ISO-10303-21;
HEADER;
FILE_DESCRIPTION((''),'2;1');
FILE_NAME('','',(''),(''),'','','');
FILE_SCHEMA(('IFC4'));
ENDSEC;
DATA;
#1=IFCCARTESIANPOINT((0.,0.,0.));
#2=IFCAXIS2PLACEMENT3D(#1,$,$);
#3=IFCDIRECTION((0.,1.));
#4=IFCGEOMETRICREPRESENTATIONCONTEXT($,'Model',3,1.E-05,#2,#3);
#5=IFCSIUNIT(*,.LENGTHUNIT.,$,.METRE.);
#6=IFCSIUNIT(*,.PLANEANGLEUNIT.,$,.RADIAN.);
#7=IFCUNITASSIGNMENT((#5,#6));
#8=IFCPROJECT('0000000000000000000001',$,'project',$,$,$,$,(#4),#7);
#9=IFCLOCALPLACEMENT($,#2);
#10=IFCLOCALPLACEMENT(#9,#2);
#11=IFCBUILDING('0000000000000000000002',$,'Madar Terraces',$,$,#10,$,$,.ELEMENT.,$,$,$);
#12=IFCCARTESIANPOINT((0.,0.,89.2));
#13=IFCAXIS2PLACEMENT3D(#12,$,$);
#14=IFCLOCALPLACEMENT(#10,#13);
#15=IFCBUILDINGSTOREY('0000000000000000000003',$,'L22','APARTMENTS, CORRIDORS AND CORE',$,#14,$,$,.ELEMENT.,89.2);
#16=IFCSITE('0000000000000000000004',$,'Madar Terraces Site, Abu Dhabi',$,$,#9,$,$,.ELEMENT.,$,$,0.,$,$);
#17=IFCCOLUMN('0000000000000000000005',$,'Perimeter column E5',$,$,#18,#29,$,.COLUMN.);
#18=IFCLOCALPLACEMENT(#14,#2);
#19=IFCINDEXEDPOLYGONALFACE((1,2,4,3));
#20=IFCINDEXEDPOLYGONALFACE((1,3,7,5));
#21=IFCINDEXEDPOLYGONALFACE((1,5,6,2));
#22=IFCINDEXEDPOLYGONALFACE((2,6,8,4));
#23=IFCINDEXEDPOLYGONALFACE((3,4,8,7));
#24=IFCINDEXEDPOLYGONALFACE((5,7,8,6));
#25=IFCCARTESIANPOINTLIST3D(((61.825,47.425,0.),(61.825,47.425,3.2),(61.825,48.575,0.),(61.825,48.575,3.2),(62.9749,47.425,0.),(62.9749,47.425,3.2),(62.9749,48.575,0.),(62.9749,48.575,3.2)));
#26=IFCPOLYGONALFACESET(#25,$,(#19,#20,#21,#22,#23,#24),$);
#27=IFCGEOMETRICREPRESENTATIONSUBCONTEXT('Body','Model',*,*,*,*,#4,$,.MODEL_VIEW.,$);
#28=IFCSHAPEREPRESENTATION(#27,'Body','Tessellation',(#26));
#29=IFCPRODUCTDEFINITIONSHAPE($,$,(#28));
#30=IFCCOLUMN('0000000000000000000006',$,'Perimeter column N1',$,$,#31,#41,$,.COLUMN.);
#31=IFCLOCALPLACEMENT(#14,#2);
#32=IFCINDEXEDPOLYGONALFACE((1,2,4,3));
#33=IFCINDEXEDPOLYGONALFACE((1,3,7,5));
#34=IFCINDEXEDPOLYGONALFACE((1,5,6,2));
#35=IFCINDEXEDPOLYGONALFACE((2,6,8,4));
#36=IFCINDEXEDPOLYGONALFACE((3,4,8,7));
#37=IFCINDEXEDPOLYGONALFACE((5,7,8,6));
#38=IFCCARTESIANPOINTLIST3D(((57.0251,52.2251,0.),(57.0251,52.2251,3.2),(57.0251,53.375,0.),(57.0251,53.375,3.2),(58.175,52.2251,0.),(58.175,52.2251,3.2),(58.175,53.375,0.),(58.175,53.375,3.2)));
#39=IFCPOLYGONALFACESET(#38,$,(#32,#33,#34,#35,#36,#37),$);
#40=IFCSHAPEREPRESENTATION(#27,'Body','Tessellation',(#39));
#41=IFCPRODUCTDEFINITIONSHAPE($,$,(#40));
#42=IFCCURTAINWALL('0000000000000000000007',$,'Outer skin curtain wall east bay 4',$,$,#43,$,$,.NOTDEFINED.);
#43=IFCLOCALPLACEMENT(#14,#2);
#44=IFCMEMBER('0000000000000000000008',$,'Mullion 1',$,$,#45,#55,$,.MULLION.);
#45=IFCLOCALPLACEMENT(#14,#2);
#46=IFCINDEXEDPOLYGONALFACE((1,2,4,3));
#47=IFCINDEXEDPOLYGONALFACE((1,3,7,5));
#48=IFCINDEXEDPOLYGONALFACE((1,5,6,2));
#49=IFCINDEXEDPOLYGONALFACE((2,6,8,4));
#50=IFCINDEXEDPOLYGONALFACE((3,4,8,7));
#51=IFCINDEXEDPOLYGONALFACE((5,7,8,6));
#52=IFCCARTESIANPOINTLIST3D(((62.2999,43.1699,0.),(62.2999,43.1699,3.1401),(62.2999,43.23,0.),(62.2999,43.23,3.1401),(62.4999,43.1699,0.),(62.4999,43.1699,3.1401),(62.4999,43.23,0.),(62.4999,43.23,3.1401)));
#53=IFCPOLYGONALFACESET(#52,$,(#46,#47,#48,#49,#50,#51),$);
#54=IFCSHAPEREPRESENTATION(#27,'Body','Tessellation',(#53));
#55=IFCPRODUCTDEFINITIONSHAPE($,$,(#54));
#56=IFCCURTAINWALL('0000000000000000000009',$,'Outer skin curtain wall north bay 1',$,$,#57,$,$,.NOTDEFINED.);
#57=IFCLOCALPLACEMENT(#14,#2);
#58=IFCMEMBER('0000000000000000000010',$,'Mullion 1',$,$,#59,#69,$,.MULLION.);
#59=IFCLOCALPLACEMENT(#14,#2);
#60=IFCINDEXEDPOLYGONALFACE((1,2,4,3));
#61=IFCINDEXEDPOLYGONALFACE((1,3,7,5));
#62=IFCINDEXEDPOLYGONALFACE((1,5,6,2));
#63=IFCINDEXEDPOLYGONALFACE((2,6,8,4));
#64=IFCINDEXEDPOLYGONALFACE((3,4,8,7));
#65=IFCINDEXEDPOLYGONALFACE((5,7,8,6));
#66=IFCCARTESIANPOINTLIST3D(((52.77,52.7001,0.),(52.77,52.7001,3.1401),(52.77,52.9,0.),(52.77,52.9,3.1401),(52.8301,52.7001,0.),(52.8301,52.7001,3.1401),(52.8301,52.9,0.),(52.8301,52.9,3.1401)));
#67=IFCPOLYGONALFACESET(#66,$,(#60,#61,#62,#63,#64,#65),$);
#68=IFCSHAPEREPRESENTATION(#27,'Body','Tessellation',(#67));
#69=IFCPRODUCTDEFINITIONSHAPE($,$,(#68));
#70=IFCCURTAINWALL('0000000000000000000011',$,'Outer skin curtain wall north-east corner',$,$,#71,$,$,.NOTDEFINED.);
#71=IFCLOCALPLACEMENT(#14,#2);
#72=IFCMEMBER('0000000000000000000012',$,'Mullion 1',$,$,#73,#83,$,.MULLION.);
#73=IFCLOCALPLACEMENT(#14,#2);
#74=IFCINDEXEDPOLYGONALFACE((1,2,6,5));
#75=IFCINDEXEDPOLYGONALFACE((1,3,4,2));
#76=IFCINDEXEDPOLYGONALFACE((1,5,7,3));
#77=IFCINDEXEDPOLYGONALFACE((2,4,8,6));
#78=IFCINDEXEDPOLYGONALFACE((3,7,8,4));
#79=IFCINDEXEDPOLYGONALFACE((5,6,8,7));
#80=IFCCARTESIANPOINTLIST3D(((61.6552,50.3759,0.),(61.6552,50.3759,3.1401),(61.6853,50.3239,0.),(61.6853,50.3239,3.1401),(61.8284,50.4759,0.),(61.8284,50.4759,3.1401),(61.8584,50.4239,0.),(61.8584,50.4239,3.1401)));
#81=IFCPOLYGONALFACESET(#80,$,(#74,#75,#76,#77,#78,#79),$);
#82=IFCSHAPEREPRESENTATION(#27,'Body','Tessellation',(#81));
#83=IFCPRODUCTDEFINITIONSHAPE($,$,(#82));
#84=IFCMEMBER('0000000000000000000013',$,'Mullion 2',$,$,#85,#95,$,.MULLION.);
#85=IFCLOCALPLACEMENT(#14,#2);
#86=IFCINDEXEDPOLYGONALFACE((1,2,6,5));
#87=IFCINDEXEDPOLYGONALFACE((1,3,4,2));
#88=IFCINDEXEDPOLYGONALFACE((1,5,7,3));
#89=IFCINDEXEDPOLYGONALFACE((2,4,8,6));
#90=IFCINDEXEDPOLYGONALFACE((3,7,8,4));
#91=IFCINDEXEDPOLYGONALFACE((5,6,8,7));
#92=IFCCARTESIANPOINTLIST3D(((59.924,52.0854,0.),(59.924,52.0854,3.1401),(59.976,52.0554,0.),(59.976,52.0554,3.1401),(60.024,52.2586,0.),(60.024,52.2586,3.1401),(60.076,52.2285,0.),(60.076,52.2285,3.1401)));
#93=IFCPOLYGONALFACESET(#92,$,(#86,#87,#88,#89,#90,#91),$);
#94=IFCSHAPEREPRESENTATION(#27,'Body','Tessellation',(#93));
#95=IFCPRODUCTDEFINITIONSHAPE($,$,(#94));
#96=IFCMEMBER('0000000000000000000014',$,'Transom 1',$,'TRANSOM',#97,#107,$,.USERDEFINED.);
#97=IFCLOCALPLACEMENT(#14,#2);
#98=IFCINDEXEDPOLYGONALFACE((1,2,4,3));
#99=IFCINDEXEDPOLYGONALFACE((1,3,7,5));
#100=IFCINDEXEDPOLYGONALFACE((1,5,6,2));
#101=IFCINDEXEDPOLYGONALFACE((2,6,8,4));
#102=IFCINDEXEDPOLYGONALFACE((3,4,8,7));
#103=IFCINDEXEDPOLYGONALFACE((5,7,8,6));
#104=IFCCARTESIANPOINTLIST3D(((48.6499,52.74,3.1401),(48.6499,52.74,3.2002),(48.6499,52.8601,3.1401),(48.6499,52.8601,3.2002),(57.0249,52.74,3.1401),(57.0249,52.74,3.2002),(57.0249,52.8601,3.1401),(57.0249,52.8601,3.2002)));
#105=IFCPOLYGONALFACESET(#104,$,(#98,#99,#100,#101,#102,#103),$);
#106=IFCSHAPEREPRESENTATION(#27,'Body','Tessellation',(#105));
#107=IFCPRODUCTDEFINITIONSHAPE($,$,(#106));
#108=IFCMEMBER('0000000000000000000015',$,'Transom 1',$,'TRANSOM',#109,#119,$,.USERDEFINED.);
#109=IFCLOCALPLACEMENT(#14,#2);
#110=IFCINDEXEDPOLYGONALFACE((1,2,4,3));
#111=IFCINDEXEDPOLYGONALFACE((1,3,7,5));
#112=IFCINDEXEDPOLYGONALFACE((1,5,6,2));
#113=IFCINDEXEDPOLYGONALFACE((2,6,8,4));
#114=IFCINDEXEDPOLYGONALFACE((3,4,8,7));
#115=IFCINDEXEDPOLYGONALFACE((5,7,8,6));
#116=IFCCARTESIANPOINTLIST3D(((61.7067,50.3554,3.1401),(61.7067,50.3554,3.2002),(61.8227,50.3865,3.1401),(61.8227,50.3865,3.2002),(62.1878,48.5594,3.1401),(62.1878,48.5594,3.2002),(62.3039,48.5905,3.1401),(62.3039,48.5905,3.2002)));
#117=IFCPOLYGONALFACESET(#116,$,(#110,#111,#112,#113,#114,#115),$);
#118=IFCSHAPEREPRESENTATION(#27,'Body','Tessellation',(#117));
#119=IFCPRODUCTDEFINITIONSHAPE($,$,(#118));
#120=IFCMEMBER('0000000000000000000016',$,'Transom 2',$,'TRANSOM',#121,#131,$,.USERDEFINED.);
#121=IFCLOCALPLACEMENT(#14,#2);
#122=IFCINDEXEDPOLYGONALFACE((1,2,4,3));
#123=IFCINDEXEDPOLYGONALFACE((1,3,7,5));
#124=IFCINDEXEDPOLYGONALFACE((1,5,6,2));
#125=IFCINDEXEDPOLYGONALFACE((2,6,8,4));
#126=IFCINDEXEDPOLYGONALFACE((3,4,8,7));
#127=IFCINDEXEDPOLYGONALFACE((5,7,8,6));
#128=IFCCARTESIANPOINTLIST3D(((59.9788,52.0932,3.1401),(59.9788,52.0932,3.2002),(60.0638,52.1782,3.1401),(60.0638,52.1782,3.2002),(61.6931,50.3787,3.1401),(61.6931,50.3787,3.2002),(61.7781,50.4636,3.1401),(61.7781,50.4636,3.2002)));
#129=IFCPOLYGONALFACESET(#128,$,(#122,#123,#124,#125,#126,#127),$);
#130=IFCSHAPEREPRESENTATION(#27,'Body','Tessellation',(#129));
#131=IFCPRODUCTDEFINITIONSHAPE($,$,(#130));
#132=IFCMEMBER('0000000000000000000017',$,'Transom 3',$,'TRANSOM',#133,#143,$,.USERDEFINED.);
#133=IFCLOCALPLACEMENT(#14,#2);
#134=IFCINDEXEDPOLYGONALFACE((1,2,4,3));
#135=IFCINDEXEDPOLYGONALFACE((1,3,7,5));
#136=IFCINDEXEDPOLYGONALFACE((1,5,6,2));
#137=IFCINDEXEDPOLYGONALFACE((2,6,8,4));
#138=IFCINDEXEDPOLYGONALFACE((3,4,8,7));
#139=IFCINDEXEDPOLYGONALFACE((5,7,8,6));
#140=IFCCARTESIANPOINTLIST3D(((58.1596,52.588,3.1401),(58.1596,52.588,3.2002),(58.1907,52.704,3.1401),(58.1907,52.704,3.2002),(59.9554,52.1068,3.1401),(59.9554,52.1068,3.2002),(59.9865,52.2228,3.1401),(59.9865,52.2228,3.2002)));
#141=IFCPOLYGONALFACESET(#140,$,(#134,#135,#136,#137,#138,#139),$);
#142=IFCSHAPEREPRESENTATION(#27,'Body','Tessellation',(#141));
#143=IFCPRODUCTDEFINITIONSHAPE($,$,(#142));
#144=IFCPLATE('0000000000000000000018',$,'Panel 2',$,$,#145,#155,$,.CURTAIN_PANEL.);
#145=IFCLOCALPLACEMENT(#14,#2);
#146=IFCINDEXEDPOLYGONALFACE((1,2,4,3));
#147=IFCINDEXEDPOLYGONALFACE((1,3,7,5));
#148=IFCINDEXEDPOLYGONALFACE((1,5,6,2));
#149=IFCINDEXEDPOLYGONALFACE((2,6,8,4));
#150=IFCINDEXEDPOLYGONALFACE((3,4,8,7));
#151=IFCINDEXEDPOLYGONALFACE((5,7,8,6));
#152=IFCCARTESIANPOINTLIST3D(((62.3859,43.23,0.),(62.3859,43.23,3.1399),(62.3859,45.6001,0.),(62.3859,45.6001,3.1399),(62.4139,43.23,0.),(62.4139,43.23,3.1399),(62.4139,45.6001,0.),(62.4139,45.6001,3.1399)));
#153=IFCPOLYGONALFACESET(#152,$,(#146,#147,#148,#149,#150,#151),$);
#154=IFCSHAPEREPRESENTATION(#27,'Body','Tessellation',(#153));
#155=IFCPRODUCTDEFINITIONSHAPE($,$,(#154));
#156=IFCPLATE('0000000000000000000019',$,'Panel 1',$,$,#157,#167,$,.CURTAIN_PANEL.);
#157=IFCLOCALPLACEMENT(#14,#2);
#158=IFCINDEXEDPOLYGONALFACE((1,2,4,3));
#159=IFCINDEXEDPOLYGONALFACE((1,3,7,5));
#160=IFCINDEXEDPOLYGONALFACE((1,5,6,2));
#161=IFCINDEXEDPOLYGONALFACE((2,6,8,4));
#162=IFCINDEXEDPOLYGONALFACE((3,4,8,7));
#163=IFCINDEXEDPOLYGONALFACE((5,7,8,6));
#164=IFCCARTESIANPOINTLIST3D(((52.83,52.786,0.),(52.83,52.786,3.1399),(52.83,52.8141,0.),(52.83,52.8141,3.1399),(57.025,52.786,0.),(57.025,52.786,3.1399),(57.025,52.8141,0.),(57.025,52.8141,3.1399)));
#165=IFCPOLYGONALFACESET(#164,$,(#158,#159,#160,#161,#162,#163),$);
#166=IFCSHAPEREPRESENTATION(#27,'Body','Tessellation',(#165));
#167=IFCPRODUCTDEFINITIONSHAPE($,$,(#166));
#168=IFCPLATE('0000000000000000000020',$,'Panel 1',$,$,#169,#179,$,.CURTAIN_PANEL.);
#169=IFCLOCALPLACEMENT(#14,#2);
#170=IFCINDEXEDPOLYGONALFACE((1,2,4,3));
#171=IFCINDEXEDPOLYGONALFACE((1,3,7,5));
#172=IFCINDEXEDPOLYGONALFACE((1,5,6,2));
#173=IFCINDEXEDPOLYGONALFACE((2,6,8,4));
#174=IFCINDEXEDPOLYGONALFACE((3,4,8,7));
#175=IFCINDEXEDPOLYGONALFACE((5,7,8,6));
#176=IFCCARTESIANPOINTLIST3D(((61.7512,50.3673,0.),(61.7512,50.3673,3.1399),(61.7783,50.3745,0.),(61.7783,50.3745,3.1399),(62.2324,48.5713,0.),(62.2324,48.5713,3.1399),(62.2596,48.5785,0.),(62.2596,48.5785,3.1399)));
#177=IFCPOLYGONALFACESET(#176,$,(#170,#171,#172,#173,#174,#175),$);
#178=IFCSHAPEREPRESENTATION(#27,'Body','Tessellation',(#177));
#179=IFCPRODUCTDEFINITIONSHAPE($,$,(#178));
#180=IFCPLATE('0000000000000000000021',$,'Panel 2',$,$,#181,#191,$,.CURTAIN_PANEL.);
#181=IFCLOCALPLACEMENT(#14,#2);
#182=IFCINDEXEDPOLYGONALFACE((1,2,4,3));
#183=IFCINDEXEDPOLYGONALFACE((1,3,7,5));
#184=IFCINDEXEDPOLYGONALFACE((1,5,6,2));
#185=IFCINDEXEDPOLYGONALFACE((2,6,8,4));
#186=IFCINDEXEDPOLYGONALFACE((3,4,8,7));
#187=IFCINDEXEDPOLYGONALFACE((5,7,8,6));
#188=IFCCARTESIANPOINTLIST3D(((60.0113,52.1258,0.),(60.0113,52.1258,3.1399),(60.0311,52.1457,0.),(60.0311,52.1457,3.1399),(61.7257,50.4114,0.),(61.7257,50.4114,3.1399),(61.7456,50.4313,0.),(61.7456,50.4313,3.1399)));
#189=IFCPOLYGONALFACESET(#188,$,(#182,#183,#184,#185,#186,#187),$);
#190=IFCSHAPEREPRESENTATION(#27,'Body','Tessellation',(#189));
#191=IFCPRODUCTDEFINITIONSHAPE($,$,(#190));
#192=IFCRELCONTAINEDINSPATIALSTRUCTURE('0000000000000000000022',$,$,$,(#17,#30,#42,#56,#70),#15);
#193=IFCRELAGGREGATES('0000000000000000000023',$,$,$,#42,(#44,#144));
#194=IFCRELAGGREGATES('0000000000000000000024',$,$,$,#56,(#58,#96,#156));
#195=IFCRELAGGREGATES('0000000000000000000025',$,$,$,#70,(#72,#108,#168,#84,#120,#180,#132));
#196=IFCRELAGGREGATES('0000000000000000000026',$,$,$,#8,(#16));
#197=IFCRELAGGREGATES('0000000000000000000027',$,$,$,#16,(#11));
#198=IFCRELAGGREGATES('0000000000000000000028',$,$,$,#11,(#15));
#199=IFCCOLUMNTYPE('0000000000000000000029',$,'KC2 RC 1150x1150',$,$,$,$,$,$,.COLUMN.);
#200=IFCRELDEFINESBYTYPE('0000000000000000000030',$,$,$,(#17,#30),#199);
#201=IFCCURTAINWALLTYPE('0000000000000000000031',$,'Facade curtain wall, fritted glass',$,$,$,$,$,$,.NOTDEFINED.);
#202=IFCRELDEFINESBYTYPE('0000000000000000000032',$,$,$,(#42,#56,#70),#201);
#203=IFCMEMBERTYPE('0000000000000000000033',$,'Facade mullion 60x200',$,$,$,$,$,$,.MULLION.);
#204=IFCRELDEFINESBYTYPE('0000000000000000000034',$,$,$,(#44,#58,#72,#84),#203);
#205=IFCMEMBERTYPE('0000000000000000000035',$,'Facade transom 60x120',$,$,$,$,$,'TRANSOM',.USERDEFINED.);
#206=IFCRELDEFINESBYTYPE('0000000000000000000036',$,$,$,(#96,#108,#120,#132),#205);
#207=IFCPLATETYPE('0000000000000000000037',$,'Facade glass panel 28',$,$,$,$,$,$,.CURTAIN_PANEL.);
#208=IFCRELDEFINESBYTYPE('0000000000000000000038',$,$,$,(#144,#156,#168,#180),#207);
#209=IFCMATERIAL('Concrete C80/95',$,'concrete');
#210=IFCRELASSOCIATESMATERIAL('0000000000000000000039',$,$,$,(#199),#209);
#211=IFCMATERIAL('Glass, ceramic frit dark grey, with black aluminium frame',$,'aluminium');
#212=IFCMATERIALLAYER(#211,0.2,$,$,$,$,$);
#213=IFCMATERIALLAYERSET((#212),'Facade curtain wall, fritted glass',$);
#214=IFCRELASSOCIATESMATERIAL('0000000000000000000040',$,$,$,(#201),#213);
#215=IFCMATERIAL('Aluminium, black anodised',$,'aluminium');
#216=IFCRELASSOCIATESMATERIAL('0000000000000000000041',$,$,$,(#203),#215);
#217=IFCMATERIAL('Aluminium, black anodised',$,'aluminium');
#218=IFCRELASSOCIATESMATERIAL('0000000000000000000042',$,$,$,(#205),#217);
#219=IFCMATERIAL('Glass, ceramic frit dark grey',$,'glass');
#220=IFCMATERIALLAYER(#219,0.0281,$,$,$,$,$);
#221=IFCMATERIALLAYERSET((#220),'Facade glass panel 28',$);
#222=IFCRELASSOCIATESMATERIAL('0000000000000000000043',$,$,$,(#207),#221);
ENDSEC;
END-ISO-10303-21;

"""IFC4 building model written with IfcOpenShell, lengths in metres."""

from ifc_helpers import new_model, si_unit, direction, frame, origin, origin_2d, place, context, subcontext, project, spatial, rectangle, extrude, material, layer, layer_set, material_profile, profile_set, type_object, element, aggregate, save


model = new_model("IFC4")

# Units and contexts
model_context = context("Model", 3, precision=1e-05, world=origin(), true_north=direction((0.0, 1.0)))
body_context = subcontext(model_context, "Body", "Model", "MODEL_VIEW")
ifc_project = project(units=[si_unit("LENGTHUNIT", "METRE"), si_unit("PLANEANGLEUNIT", "RADIAN")], contexts=[model_context])

# Site, building, storey
site_placement = place(None, origin())
site = spatial("IfcSite", under=ifc_project, at=site_placement, Name="Madar Terraces Site, Abu Dhabi", CompositionType="ELEMENT", RefElevation=0.0)
building_placement = place(site_placement, origin())
building = spatial("IfcBuilding", under=site, at=building_placement, Name="Madar Terraces", CompositionType="ELEMENT")
storey_placement = place(building_placement, frame((0.0, 0.0, 89.2)))
storey = spatial("IfcBuildingStorey", under=building, at=storey_placement, Name="L22", Description="APARTMENTS, CORRIDORS AND CORE", CompositionType="ELEMENT", Elevation=89.2)

# Columns
ifc_material_1 = material(Name="Concrete C80/95", Category="concrete")
ifc_material_profile_1 = material_profile(ifc_material_1, rectangle(XDim=1.1499, YDim=1.1499, at=origin_2d()), Name="KC2 RC 1150x1150")
ifc_profile_set_1 = profile_set([ifc_material_profile_1], Name="Concrete C80/95")
column_type = type_object("IfcColumnType", Name="KC2 RC 1150x1150", PredefinedType="COLUMN", material=ifc_profile_set_1)
for number, where, z_axis, x_axis, name in (
    (1, (62.3999, 48.0, 0.0), (0.0, 0.0, 1.0), (1.0, 0.0, 0.0), "Perimeter column E5"),
    (2, (57.6001, 52.8, 0.0), (0.0, 0.0, 1.0), (1.0, 0.0, 0.0), "Perimeter column N1"),
):
    element("IfcColumn", number, at=place(storey_placement, frame(where, z_axis=z_axis, x_axis=x_axis)), inside=storey, type_object=column_type, Name=name, PredefinedType="COLUMN", context=body_context, shape_type="SweptSolid", body=[
        extrude(rectangle(XDim=1.1499, YDim=1.1499, at=origin_2d()), origin(), (0.0, 0.0, 1.0), 3.2),
    ])

# Curtain walls, members
ifc_material_2 = material(Name="Glass, ceramic frit dark grey, with black aluminium frame", Category="aluminium")
ifc_layer_1 = layer(ifc_material_2, 0.2)
ifc_layer_set_1 = layer_set([ifc_layer_1], Name="Facade curtain wall, fritted glass")
curtain_wall_type = type_object("IfcCurtainWallType", Name="Facade curtain wall, fritted glass", PredefinedType="NOTDEFINED", material=ifc_layer_set_1)
curtain_wall_1_placement = place(storey_placement, origin())
curtain_wall_1 = element("IfcCurtainWall", 3, at=curtain_wall_1_placement, inside=storey, type_object=curtain_wall_type, Name="Outer skin curtain wall east bay 4", PredefinedType="NOTDEFINED")
ifc_material_3 = material(Name="Aluminium, black anodised", Category="aluminium")
ifc_material_profile_2 = material_profile(ifc_material_3, rectangle(XDim=0.2, YDim=0.0601, at=origin_2d()), Name="Facade mullion 60x200")
ifc_profile_set_2 = profile_set([ifc_material_profile_2], Name="Aluminium, black anodised")
member_type_1 = type_object("IfcMemberType", Name="Facade mullion 60x200", PredefinedType="MULLION", material=ifc_profile_set_2)
member_1_placement = place(storey_placement, frame((62.3999, 43.2, 0.0), z_axis=(0.0, 0.0, 1.0), x_axis=(-1.0, 0.0, 0.0)))
member_1 = element("IfcMember", 4, at=member_1_placement, type_object=member_type_1, Name="Mullion 1", PredefinedType="MULLION", context=body_context, shape_type="SweptSolid", body=[
    extrude(rectangle(XDim=0.2, YDim=0.0601, at=origin_2d()), origin(), (0.0, 0.0, 1.0), 3.1401),
])
curtain_wall_2_placement = place(storey_placement, origin())
curtain_wall_2 = element("IfcCurtainWall", 5, at=curtain_wall_2_placement, inside=storey, type_object=curtain_wall_type, Name="Outer skin curtain wall north bay 1", PredefinedType="NOTDEFINED")
member_2_placement = place(storey_placement, frame((52.8, 52.8, 0.0), z_axis=(0.0, 0.0, 1.0), x_axis=(0.0, -1.0, 0.0)))
member_2 = element("IfcMember", 6, at=member_2_placement, type_object=member_type_1, Name="Mullion 1", PredefinedType="MULLION", context=body_context, shape_type="SweptSolid", body=[
    extrude(rectangle(XDim=0.2, YDim=0.0601, at=origin_2d()), origin(), (0.0, 0.0, 1.0), 3.1401),
])

# Curtain wall, members
curtain_wall_3_placement = place(storey_placement, origin())
curtain_wall_3 = element("IfcCurtainWall", 7, at=curtain_wall_3_placement, inside=storey, type_object=curtain_wall_type, Name="Outer skin curtain wall north-east corner", PredefinedType="NOTDEFINED")
member_3_placement = place(storey_placement, frame((61.7568, 50.3999, 0.0), z_axis=(0.0, 0.0, 1.0), x_axis=(-0.866025, -0.5, 0.0)))
member_3 = element("IfcMember", 8, at=member_3_placement, type_object=member_type_1, Name="Mullion 1", PredefinedType="MULLION", context=body_context, shape_type="SweptSolid", body=[
    extrude(rectangle(XDim=0.2, YDim=0.0601, at=origin_2d()), origin(), (0.0, 0.0, 1.0), 3.1401),
])
member_4_placement = place(storey_placement, frame((60.0, 52.157, 0.0), z_axis=(0.0, 0.0, 1.0), x_axis=(-0.5, -0.866025, 0.0)))
member_4 = element("IfcMember", 9, at=member_4_placement, type_object=member_type_1, Name="Mullion 2", PredefinedType="MULLION", context=body_context, shape_type="SweptSolid", body=[
    extrude(rectangle(XDim=0.2, YDim=0.0601, at=origin_2d()), origin(), (0.0, 0.0, 1.0), 3.1401),
])

# Members
ifc_material_4 = material(Name="Aluminium, black anodised", Category="aluminium")
ifc_material_profile_3 = material_profile(ifc_material_4, rectangle(XDim=0.1201, YDim=0.0601, at=origin_2d()), Name="Facade transom 60x120")
ifc_profile_set_3 = profile_set([ifc_material_profile_3], Name="Aluminium, black anodised")
member_type_2 = type_object("IfcMemberType", Name="Facade transom 60x120", ElementType="TRANSOM", PredefinedType="USERDEFINED", material=ifc_profile_set_3)
member_5_placement = place(storey_placement, frame((57.0249, 52.8, 3.1702), z_axis=(-1.0, 0.0, 0.0), x_axis=(0.0, -1.0, 0.0)))
member_5 = element("IfcMember", 10, at=member_5_placement, type_object=member_type_2, Name="Transom 1", ObjectType="TRANSOM", PredefinedType="USERDEFINED", context=body_context, shape_type="SweptSolid", body=[
    extrude(rectangle(XDim=0.1201, YDim=0.0601, at=origin_2d()), origin(), (0.0, 0.0, 1.0), 8.375),
])
member_6_placement = place(storey_placement, frame((62.2458, 48.575, 3.1702), z_axis=(-0.258782, 0.965936, 0.0), x_axis=(-0.965936, -0.258782, 0.0)))
member_6 = element("IfcMember", 11, at=member_6_placement, type_object=member_type_2, Name="Transom 1", ObjectType="TRANSOM", PredefinedType="USERDEFINED", context=body_context, shape_type="SweptSolid", body=[
    extrude(rectangle(XDim=0.1201, YDim=0.0601, at=origin_2d()), origin(), (0.0, 0.0, 1.0), 1.8594),
])
member_7_placement = place(storey_placement, frame((61.7356, 50.4211, 3.1702), z_axis=(-0.707056, 0.707157, 0.0), x_axis=(-0.707157, -0.707056, 0.0)))
member_7 = element("IfcMember", 12, at=member_7_placement, type_object=member_type_2, Name="Transom 2", ObjectType="TRANSOM", PredefinedType="USERDEFINED", context=body_context, shape_type="SweptSolid", body=[
    extrude(rectangle(XDim=0.1201, YDim=0.0601, at=origin_2d()), origin(), (0.0, 0.0, 1.0), 2.4246),
])
member_8_placement = place(storey_placement, frame((59.9709, 52.1648, 3.1702), z_axis=(-0.965927, 0.258815, 0.0), x_axis=(-0.258815, -0.965927, 0.0)))
member_8 = element("IfcMember", 13, at=member_8_placement, type_object=member_type_2, Name="Transom 3", ObjectType="TRANSOM", PredefinedType="USERDEFINED", context=body_context, shape_type="SweptSolid", body=[
    extrude(rectangle(XDim=0.1201, YDim=0.0601, at=origin_2d()), origin(), (0.0, 0.0, 1.0), 1.8591),
])

# Plates
ifc_material_5 = material(Name="Glass, ceramic frit dark grey", Category="glass")
ifc_layer_2 = layer(ifc_material_5, 0.0281)
ifc_layer_set_2 = layer_set([ifc_layer_2], Name="Facade glass panel 28")
plate_type = type_object("IfcPlateType", Name="Facade glass panel 28", PredefinedType="CURTAIN_PANEL", material=ifc_layer_set_2)
plate_1_placement = place(storey_placement, frame((62.3999, 44.415, 0.0), z_axis=(0.0, 0.0, 1.0), x_axis=(0.0, 1.0, 0.0)))
plate_1 = element("IfcPlate", 14, at=plate_1_placement, type_object=plate_type, Name="Panel 2", PredefinedType="CURTAIN_PANEL", context=body_context, shape_type="SweptSolid", body=[
    extrude(rectangle(XDim=2.3701, YDim=0.0281, at=origin_2d()), origin(), (0.0, 0.0, 1.0), 3.1399),
])
aggregate(curtain_wall_1, [member_1, plate_1])
plate_2_placement = place(storey_placement, frame((54.9275, 52.8, 0.0), z_axis=(0.0, 0.0, 1.0), x_axis=(-1.0, 0.0, 0.0)))
plate_2 = element("IfcPlate", 15, at=plate_2_placement, type_object=plate_type, Name="Panel 1", PredefinedType="CURTAIN_PANEL", context=body_context, shape_type="SweptSolid", body=[
    extrude(rectangle(XDim=4.1951, YDim=0.0281, at=origin_2d()), origin(), (0.0, 0.0, 1.0), 3.1399),
])
aggregate(curtain_wall_2, [member_2, member_5, plate_2])
plate_3_placement = place(storey_placement, frame((62.0054, 49.4729, 0.0), z_axis=(0.0, 0.0, 1.0), x_axis=(-0.258819, 0.965926, 0.0)))
plate_3 = element("IfcPlate", 16, at=plate_3_placement, type_object=plate_type, Name="Panel 1", PredefinedType="CURTAIN_PANEL", context=body_context, shape_type="SweptSolid", body=[
    extrude(rectangle(XDim=1.8594, YDim=0.0281, at=origin_2d()), origin(), (0.0, 0.0, 1.0), 3.1399),
])
plate_4_placement = place(storey_placement, frame((60.8784, 51.2786, 0.0), z_axis=(0.0, 0.0, 1.0), x_axis=(-0.707107, 0.707107, 0.0)))
plate_4 = element("IfcPlate", 17, at=plate_4_placement, type_object=plate_type, Name="Panel 2", PredefinedType="CURTAIN_PANEL", context=body_context, shape_type="SweptSolid", body=[
    extrude(rectangle(XDim=2.4246, YDim=0.0281, at=origin_2d()), origin(), (0.0, 0.0, 1.0), 3.1399),
])
aggregate(curtain_wall_3, [member_3, member_6, plate_3, member_4, member_7, plate_4, member_8])

save(model, "model.ifc")
